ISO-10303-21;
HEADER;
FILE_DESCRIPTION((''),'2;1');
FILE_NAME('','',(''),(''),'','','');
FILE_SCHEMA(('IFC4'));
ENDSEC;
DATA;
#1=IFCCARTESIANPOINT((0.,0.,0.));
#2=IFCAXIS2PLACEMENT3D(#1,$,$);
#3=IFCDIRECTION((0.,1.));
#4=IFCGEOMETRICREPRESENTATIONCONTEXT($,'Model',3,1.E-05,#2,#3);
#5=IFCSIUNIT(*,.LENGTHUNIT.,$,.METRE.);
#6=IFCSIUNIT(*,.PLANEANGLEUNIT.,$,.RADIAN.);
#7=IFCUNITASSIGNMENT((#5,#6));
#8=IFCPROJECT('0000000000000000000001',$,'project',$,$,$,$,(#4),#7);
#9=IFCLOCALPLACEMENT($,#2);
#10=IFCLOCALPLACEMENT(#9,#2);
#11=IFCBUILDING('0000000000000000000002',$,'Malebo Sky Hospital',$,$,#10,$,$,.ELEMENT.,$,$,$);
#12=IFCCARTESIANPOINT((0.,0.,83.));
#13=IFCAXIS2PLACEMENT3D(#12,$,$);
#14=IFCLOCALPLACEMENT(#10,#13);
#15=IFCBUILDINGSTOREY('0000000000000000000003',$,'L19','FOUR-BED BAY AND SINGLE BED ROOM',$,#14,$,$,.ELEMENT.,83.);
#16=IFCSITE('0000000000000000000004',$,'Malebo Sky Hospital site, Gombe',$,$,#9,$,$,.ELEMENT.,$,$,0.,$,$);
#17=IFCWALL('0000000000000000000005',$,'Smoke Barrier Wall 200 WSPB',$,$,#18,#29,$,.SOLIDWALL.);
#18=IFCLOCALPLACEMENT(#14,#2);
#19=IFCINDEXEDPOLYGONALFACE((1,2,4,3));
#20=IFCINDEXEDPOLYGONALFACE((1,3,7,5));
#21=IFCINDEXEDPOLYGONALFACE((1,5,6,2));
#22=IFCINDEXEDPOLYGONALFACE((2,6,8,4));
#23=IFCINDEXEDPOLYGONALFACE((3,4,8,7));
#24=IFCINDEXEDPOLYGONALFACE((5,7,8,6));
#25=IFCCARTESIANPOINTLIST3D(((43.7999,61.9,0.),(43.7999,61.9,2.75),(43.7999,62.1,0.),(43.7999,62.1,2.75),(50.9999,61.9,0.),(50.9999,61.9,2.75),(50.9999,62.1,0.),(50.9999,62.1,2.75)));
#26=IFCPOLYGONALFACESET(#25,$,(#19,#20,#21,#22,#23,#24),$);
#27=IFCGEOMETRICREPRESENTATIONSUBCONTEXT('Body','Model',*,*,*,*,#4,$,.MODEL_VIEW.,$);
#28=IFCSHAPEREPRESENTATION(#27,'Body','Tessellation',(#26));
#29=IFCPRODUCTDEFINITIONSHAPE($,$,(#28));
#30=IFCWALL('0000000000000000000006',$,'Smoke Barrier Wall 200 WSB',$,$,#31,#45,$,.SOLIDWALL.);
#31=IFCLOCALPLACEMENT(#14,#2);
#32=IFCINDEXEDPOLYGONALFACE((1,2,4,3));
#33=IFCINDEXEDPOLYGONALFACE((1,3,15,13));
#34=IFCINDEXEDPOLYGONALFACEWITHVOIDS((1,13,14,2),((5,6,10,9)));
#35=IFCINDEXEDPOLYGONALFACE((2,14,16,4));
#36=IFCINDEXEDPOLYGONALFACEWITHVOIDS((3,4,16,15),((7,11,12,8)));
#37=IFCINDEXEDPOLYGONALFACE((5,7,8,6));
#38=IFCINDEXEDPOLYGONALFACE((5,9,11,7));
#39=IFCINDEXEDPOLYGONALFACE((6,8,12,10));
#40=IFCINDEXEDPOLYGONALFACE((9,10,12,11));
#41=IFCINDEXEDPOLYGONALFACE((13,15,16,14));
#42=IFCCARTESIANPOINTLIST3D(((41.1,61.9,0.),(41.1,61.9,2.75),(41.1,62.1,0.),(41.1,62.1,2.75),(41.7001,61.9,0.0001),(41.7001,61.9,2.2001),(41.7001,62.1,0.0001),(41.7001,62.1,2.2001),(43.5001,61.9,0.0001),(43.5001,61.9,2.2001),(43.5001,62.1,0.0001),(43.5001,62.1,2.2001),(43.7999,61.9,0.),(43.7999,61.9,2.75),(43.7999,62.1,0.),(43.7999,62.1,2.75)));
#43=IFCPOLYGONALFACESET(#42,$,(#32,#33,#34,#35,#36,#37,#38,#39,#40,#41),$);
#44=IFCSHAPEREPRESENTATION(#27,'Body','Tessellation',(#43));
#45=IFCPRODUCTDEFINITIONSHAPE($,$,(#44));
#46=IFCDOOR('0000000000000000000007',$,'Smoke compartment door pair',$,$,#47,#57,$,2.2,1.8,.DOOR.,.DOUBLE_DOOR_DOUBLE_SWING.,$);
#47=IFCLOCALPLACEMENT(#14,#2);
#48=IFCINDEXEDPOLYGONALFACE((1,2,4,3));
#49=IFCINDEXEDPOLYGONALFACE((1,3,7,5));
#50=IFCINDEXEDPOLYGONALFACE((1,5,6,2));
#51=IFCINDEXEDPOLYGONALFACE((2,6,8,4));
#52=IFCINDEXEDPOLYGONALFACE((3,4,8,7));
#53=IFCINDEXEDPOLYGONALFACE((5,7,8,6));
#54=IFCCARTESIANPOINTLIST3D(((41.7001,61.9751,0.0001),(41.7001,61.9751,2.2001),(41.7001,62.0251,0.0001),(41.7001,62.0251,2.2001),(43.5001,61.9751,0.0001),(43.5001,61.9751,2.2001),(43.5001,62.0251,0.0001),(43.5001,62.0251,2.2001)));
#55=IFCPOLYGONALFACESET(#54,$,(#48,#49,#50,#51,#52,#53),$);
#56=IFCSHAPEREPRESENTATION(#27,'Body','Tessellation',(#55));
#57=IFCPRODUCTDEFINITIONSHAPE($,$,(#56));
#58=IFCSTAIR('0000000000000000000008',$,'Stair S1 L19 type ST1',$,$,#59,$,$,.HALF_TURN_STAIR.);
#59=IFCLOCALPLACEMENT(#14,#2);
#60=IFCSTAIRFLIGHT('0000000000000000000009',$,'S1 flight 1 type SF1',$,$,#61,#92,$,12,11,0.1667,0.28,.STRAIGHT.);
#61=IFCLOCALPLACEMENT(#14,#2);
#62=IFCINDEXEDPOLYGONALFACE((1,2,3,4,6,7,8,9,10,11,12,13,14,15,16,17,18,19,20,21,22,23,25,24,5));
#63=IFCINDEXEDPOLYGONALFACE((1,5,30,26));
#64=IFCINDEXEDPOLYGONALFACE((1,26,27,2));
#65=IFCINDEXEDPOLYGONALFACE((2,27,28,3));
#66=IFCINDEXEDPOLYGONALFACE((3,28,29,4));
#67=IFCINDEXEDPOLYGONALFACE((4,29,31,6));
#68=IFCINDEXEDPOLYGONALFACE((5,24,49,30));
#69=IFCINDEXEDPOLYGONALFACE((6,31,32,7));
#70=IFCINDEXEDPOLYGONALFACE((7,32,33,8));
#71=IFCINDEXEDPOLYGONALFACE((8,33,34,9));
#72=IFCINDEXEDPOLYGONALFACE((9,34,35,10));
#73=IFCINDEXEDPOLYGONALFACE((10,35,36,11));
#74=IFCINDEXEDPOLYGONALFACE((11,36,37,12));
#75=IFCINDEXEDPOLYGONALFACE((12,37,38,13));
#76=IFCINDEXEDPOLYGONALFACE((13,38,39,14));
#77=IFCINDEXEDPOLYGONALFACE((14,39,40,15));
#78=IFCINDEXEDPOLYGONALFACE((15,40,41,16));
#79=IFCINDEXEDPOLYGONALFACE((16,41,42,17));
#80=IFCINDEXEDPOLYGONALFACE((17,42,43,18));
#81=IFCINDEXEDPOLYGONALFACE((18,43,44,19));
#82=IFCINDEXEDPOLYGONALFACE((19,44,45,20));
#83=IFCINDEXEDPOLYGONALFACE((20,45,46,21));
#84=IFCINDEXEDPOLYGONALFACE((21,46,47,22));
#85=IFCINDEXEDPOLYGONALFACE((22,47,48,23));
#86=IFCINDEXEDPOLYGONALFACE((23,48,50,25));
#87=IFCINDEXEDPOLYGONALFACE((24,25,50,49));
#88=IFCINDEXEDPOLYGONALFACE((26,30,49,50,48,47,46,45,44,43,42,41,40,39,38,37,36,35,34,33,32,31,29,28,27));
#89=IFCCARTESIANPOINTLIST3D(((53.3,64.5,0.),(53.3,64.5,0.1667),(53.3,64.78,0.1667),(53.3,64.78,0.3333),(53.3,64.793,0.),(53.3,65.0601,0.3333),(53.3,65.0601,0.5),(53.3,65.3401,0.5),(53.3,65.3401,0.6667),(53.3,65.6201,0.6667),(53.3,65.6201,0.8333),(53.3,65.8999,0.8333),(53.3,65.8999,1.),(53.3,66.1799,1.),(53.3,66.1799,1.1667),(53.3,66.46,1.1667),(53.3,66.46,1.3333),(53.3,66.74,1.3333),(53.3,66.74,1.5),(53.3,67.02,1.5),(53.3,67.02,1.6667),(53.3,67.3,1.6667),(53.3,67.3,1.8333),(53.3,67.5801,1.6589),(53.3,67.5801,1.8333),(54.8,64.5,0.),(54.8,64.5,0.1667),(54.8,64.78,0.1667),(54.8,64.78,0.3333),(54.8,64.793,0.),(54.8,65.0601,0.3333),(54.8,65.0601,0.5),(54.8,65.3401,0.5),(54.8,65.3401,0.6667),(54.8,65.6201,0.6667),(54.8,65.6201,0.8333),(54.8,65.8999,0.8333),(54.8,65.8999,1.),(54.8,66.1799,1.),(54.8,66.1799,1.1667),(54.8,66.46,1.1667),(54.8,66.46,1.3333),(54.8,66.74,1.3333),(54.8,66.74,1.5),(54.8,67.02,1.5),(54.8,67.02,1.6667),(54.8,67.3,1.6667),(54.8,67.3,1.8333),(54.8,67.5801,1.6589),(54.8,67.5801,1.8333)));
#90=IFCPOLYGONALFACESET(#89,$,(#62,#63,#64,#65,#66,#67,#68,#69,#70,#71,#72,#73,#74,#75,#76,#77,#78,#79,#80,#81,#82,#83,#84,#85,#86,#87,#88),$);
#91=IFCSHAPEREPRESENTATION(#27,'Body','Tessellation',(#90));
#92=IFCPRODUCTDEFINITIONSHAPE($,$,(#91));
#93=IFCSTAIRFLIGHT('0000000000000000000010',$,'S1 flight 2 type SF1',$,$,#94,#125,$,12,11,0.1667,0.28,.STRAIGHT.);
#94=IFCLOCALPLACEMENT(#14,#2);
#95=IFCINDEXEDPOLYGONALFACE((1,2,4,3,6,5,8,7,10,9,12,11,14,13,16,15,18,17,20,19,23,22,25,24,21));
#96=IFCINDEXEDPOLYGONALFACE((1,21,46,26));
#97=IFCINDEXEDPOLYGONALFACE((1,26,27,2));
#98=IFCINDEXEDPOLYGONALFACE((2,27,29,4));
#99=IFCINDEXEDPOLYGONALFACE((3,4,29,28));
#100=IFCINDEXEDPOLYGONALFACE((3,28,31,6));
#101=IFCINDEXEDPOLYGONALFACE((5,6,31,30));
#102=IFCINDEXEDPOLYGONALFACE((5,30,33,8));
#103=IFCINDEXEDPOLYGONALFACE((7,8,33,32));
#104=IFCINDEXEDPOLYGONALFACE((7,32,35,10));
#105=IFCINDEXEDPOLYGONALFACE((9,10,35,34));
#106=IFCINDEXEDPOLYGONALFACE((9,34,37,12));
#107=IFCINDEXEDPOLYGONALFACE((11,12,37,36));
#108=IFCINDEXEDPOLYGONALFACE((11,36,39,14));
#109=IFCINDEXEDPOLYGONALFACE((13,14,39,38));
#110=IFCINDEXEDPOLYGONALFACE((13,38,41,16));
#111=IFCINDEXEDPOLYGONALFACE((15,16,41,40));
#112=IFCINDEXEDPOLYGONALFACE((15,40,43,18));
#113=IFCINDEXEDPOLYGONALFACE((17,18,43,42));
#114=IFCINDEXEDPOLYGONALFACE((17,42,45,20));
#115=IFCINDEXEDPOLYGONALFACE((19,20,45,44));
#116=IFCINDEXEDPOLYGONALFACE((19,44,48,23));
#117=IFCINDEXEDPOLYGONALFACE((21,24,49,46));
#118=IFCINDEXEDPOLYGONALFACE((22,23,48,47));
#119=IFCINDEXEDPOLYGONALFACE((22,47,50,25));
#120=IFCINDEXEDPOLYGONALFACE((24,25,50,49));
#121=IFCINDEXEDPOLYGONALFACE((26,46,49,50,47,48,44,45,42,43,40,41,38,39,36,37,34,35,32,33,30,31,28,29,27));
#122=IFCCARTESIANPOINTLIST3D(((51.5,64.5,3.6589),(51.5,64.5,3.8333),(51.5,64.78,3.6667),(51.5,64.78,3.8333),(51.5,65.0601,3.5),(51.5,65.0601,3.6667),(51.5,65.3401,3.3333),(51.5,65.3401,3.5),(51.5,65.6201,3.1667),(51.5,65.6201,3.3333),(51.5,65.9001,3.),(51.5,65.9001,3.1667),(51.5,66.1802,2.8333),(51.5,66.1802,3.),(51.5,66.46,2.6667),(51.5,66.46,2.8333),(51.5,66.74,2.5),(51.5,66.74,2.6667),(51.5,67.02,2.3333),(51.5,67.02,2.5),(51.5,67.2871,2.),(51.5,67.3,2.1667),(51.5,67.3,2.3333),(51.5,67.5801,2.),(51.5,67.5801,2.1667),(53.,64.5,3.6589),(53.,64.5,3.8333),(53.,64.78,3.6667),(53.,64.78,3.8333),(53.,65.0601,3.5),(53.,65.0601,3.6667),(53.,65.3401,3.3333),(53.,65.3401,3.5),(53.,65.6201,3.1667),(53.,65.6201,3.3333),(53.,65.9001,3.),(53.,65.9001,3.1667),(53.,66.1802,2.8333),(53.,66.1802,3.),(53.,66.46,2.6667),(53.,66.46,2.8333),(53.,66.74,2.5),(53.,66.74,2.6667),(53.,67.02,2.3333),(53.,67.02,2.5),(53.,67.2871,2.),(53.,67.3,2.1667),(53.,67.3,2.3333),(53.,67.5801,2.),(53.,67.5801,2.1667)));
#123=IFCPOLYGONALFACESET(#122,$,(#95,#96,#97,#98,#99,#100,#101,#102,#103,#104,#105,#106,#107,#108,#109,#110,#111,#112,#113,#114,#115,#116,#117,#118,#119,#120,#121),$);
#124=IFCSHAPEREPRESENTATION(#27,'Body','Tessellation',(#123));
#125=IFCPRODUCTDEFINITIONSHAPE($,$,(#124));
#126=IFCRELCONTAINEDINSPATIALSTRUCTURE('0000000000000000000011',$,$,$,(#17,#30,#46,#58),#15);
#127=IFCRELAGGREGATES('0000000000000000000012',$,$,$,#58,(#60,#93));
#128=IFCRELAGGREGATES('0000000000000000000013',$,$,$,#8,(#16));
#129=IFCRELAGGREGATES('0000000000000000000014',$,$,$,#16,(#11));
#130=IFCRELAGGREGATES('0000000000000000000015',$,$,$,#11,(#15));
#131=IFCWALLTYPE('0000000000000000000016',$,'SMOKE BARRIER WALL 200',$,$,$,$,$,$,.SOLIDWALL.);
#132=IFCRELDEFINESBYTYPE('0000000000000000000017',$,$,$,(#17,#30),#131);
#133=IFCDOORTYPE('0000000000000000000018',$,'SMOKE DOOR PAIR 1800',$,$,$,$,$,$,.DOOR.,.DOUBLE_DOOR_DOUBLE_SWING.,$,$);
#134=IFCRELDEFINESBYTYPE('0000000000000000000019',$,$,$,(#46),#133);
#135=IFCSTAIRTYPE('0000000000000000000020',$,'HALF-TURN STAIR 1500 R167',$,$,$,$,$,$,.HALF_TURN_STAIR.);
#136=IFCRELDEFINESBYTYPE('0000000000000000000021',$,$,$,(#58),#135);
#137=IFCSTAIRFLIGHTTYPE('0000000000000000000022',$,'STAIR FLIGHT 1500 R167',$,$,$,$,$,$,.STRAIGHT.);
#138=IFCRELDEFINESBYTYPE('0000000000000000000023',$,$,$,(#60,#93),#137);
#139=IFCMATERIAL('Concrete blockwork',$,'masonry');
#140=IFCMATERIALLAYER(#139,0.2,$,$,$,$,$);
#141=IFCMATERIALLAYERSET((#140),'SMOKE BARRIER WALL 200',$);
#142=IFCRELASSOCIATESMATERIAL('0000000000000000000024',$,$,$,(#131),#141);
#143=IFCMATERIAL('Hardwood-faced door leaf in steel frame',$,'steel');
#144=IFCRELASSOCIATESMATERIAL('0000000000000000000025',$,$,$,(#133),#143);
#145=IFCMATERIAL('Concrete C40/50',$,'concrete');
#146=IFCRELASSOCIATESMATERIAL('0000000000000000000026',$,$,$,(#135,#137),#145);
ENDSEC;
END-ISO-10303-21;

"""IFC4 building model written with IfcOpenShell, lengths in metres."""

from ifc_helpers import new_model, si_unit, direction, frame, frame_2d, origin, place, context, subcontext, project, spatial, polyline, rectangle, outline, extrude, material, layer, layer_set, type_object, element, fill, aggregate, save


model = new_model("IFC4")

# Units and contexts
model_context = context("Model", 3, precision=1e-05, world=origin(), true_north=direction((0.0, 1.0)))
body_context = subcontext(model_context, "Body", "Model", "MODEL_VIEW")
ifc_project = project(units=[si_unit("LENGTHUNIT", "METRE"), si_unit("PLANEANGLEUNIT", "RADIAN")], contexts=[model_context])

# Site, building, storey
site_placement = place(None, origin())
site = spatial("IfcSite", under=ifc_project, at=site_placement, Name="Malebo Sky Hospital site, Gombe", CompositionType="ELEMENT", RefElevation=0.0)
building_placement = place(site_placement, origin())
building = spatial("IfcBuilding", under=site, at=building_placement, Name="Malebo Sky Hospital", CompositionType="ELEMENT")
storey_placement = place(building_placement, frame((0.0, 0.0, 83.0)))
storey = spatial("IfcBuildingStorey", under=building, at=storey_placement, Name="L19", Description="FOUR-BED BAY AND SINGLE BED ROOM", CompositionType="ELEMENT", Elevation=83.0)

# Shared definitions
ifc_material_1 = material(Name="Hardwood-faced door leaf in steel frame", Category="steel")

# Wall
ifc_material_2 = material(Name="Concrete blockwork", Category="masonry")
ifc_layer_1 = layer(ifc_material_2, 0.2)
ifc_layer_set_1 = layer_set([ifc_layer_1], Name="SMOKE BARRIER WALL 200")
wall_type_1 = type_object("IfcWallType", Name="SMOKE BARRIER WALL 200", PredefinedType="SOLIDWALL", material=ifc_layer_set_1)
wall_1_placement = place(storey_placement, frame((51.0, 62.0, 0.0), z_axis=(0.0, 0.0, 1.0), x_axis=(-1.0, 0.0, 0.0)))
element("IfcWall", 1, at=wall_1_placement, inside=storey, type_object=wall_type_1, Name="Smoke Barrier Wall 200 WSPB", PredefinedType="SOLIDWALL", context=body_context, shape_type="SweptSolid", body=[
    extrude(rectangle(XDim=7.2, YDim=0.2, at=frame_2d((3.6001, 0.0))), origin(), (0.0, 0.0, 1.0), 2.75),
])

# Wall, opening, door
wall_2_placement = place(storey_placement, frame((43.8, 62.0, 0.0), z_axis=(0.0, 0.0, 1.0), x_axis=(-1.0, 0.0, 0.0)))
wall_2 = element("IfcWall", 2, at=wall_2_placement, inside=storey, type_object=wall_type_1, Name="Smoke Barrier Wall 200 WSB", PredefinedType="SOLIDWALL", context=body_context, shape_type="SweptSolid", body=[
    extrude(rectangle(XDim=2.7, YDim=0.2, at=frame_2d((1.3501, 0.0))), origin(), (0.0, 0.0, 1.0), 2.75),
])
opening_1_placement = place(wall_2_placement, frame((0.3, 0.0, 0.0)))
opening_1 = element("IfcOpeningElement", 3, at=opening_1_placement, cuts=wall_2, PredefinedType="OPENING", context=body_context, shape_type="SweptSolid", body=[
    extrude(rectangle(XDim=1.8, YDim=2.2, at=frame_2d((0.8999, 1.1001))), frame((0.0, 0.1099, 0.0), z_axis=(0.0, -1.0, 0.0), x_axis=(1.0, 0.0, 0.0)), (0.0, 0.0, 1.0), 0.22),
])
door_type_1 = type_object("IfcDoorType", Name="SMOKE DOOR PAIR 1800", OperationType="DOUBLE_DOOR_DOUBLE_SWING", PredefinedType="DOOR", material=ifc_material_1)
door_1_placement = place(opening_1_placement, origin())
door_1 = element("IfcDoor", 4, at=door_1_placement, inside=storey, type_object=door_type_1, Name="Smoke compartment door pair", OperationType="DOUBLE_DOOR_DOUBLE_SWING", OverallHeight=2.2, OverallWidth=1.8, PredefinedType="DOOR", context=body_context, shape_type="SweptSolid", body=[
    extrude(rectangle(XDim=1.8, YDim=2.2, at=frame_2d((0.8999, 1.1001))), frame((0.0, 0.0249, 0.0), z_axis=(0.0, -1.0, 0.0), x_axis=(1.0, 0.0, 0.0)), (0.0, 0.0, 1.0), 0.05),
])
fill(opening_1, door_1)

# Stair, stair flights
ifc_material_3 = material(Name="Concrete C40/50", Category="concrete")
stair_type = type_object("IfcStairType", Name="HALF-TURN STAIR 1500 R167", PredefinedType="HALF_TURN_STAIR", material=ifc_material_3)
stair_placement = place(storey_placement, origin())
stair = element("IfcStair", 5, at=stair_placement, inside=storey, type_object=stair_type, Name="Stair S1 L19 type ST1", PredefinedType="HALF_TURN_STAIR")
stair_flight_type = type_object("IfcStairFlightType", Name="STAIR FLIGHT 1500 R167", PredefinedType="STRAIGHT", material=ifc_material_3)
stair_flight_1_placement = place(storey_placement, frame((54.05, 64.5, 0.0), z_axis=(0.0, 0.0, 1.0), x_axis=(0.0, 1.0, 0.0)))
stair_flight_1 = element("IfcStairFlight", 6, at=stair_flight_1_placement, type_object=stair_flight_type, Name="S1 flight 1 type SF1", NumberOfRisers=12, NumberOfTreads=11, PredefinedType="STRAIGHT", RiserHeight=0.1667, TreadLength=0.28, context=body_context, shape_type="SweptSolid", body=[
    extrude(outline(polyline([(0.0, 0.0), (0.0, 0.1667), (0.28, 0.1667), (0.28, 0.3333), (0.5601, 0.3333), (0.5601, 0.5), (0.8401, 0.5), (0.8401, 0.6667), (1.1201, 0.6667), (1.1201, 0.8333), (1.3999, 0.8333), (1.3999, 1.0), (1.6799, 1.0), (1.6799, 1.1667), (1.96, 1.1667), (1.96, 1.3333), (2.24, 1.3333), (2.24, 1.5), (2.52, 1.5), (2.52, 1.6667), (2.8, 1.6667), (2.8, 1.8333), (3.0801, 1.8333), (3.0801, 2.0), (3.0801, 1.6589), (0.293, 0.0), (0.0, 0.0)])), frame((0.0, 0.75, 0.0), z_axis=(0.0, -1.0, 0.0), x_axis=(1.0, 0.0, 0.0)), (0.0, 0.0, 1.0), 1.5),
])
stair_flight_2_placement = place(storey_placement, frame((52.25, 67.5801, 2.0), z_axis=(0.0, 0.0, 1.0), x_axis=(0.0, -1.0, 0.0)))
stair_flight_2 = element("IfcStairFlight", 7, at=stair_flight_2_placement, type_object=stair_flight_type, Name="S1 flight 2 type SF1", NumberOfRisers=12, NumberOfTreads=11, PredefinedType="STRAIGHT", RiserHeight=0.1667, TreadLength=0.28, context=body_context, shape_type="SweptSolid", body=[
    extrude(outline(polyline([(0.0, 0.0), (0.0, 0.1667), (0.28, 0.1667), (0.28, 0.3333), (0.5601, 0.3333), (0.5601, 0.5), (0.8401, 0.5), (0.8401, 0.6667), (1.1201, 0.6667), (1.1201, 0.8333), (1.3999, 0.8333), (1.3999, 1.0), (1.6799, 1.0), (1.6799, 1.1667), (1.96, 1.1667), (1.96, 1.3333), (2.24, 1.3333), (2.24, 1.5), (2.52, 1.5), (2.52, 1.6667), (2.8, 1.6667), (2.8, 1.8333), (3.0801, 1.8333), (3.0801, 2.0), (3.0801, 1.6589), (0.293, 0.0), (0.0, 0.0)])), frame((0.0, 0.75, 0.0), z_axis=(0.0, -1.0, 0.0), x_axis=(1.0, 0.0, 0.0)), (0.0, 0.0, 1.0), 1.5),
])
aggregate(stair, [stair_flight_1, stair_flight_2])

save(model, "model.ifc")
